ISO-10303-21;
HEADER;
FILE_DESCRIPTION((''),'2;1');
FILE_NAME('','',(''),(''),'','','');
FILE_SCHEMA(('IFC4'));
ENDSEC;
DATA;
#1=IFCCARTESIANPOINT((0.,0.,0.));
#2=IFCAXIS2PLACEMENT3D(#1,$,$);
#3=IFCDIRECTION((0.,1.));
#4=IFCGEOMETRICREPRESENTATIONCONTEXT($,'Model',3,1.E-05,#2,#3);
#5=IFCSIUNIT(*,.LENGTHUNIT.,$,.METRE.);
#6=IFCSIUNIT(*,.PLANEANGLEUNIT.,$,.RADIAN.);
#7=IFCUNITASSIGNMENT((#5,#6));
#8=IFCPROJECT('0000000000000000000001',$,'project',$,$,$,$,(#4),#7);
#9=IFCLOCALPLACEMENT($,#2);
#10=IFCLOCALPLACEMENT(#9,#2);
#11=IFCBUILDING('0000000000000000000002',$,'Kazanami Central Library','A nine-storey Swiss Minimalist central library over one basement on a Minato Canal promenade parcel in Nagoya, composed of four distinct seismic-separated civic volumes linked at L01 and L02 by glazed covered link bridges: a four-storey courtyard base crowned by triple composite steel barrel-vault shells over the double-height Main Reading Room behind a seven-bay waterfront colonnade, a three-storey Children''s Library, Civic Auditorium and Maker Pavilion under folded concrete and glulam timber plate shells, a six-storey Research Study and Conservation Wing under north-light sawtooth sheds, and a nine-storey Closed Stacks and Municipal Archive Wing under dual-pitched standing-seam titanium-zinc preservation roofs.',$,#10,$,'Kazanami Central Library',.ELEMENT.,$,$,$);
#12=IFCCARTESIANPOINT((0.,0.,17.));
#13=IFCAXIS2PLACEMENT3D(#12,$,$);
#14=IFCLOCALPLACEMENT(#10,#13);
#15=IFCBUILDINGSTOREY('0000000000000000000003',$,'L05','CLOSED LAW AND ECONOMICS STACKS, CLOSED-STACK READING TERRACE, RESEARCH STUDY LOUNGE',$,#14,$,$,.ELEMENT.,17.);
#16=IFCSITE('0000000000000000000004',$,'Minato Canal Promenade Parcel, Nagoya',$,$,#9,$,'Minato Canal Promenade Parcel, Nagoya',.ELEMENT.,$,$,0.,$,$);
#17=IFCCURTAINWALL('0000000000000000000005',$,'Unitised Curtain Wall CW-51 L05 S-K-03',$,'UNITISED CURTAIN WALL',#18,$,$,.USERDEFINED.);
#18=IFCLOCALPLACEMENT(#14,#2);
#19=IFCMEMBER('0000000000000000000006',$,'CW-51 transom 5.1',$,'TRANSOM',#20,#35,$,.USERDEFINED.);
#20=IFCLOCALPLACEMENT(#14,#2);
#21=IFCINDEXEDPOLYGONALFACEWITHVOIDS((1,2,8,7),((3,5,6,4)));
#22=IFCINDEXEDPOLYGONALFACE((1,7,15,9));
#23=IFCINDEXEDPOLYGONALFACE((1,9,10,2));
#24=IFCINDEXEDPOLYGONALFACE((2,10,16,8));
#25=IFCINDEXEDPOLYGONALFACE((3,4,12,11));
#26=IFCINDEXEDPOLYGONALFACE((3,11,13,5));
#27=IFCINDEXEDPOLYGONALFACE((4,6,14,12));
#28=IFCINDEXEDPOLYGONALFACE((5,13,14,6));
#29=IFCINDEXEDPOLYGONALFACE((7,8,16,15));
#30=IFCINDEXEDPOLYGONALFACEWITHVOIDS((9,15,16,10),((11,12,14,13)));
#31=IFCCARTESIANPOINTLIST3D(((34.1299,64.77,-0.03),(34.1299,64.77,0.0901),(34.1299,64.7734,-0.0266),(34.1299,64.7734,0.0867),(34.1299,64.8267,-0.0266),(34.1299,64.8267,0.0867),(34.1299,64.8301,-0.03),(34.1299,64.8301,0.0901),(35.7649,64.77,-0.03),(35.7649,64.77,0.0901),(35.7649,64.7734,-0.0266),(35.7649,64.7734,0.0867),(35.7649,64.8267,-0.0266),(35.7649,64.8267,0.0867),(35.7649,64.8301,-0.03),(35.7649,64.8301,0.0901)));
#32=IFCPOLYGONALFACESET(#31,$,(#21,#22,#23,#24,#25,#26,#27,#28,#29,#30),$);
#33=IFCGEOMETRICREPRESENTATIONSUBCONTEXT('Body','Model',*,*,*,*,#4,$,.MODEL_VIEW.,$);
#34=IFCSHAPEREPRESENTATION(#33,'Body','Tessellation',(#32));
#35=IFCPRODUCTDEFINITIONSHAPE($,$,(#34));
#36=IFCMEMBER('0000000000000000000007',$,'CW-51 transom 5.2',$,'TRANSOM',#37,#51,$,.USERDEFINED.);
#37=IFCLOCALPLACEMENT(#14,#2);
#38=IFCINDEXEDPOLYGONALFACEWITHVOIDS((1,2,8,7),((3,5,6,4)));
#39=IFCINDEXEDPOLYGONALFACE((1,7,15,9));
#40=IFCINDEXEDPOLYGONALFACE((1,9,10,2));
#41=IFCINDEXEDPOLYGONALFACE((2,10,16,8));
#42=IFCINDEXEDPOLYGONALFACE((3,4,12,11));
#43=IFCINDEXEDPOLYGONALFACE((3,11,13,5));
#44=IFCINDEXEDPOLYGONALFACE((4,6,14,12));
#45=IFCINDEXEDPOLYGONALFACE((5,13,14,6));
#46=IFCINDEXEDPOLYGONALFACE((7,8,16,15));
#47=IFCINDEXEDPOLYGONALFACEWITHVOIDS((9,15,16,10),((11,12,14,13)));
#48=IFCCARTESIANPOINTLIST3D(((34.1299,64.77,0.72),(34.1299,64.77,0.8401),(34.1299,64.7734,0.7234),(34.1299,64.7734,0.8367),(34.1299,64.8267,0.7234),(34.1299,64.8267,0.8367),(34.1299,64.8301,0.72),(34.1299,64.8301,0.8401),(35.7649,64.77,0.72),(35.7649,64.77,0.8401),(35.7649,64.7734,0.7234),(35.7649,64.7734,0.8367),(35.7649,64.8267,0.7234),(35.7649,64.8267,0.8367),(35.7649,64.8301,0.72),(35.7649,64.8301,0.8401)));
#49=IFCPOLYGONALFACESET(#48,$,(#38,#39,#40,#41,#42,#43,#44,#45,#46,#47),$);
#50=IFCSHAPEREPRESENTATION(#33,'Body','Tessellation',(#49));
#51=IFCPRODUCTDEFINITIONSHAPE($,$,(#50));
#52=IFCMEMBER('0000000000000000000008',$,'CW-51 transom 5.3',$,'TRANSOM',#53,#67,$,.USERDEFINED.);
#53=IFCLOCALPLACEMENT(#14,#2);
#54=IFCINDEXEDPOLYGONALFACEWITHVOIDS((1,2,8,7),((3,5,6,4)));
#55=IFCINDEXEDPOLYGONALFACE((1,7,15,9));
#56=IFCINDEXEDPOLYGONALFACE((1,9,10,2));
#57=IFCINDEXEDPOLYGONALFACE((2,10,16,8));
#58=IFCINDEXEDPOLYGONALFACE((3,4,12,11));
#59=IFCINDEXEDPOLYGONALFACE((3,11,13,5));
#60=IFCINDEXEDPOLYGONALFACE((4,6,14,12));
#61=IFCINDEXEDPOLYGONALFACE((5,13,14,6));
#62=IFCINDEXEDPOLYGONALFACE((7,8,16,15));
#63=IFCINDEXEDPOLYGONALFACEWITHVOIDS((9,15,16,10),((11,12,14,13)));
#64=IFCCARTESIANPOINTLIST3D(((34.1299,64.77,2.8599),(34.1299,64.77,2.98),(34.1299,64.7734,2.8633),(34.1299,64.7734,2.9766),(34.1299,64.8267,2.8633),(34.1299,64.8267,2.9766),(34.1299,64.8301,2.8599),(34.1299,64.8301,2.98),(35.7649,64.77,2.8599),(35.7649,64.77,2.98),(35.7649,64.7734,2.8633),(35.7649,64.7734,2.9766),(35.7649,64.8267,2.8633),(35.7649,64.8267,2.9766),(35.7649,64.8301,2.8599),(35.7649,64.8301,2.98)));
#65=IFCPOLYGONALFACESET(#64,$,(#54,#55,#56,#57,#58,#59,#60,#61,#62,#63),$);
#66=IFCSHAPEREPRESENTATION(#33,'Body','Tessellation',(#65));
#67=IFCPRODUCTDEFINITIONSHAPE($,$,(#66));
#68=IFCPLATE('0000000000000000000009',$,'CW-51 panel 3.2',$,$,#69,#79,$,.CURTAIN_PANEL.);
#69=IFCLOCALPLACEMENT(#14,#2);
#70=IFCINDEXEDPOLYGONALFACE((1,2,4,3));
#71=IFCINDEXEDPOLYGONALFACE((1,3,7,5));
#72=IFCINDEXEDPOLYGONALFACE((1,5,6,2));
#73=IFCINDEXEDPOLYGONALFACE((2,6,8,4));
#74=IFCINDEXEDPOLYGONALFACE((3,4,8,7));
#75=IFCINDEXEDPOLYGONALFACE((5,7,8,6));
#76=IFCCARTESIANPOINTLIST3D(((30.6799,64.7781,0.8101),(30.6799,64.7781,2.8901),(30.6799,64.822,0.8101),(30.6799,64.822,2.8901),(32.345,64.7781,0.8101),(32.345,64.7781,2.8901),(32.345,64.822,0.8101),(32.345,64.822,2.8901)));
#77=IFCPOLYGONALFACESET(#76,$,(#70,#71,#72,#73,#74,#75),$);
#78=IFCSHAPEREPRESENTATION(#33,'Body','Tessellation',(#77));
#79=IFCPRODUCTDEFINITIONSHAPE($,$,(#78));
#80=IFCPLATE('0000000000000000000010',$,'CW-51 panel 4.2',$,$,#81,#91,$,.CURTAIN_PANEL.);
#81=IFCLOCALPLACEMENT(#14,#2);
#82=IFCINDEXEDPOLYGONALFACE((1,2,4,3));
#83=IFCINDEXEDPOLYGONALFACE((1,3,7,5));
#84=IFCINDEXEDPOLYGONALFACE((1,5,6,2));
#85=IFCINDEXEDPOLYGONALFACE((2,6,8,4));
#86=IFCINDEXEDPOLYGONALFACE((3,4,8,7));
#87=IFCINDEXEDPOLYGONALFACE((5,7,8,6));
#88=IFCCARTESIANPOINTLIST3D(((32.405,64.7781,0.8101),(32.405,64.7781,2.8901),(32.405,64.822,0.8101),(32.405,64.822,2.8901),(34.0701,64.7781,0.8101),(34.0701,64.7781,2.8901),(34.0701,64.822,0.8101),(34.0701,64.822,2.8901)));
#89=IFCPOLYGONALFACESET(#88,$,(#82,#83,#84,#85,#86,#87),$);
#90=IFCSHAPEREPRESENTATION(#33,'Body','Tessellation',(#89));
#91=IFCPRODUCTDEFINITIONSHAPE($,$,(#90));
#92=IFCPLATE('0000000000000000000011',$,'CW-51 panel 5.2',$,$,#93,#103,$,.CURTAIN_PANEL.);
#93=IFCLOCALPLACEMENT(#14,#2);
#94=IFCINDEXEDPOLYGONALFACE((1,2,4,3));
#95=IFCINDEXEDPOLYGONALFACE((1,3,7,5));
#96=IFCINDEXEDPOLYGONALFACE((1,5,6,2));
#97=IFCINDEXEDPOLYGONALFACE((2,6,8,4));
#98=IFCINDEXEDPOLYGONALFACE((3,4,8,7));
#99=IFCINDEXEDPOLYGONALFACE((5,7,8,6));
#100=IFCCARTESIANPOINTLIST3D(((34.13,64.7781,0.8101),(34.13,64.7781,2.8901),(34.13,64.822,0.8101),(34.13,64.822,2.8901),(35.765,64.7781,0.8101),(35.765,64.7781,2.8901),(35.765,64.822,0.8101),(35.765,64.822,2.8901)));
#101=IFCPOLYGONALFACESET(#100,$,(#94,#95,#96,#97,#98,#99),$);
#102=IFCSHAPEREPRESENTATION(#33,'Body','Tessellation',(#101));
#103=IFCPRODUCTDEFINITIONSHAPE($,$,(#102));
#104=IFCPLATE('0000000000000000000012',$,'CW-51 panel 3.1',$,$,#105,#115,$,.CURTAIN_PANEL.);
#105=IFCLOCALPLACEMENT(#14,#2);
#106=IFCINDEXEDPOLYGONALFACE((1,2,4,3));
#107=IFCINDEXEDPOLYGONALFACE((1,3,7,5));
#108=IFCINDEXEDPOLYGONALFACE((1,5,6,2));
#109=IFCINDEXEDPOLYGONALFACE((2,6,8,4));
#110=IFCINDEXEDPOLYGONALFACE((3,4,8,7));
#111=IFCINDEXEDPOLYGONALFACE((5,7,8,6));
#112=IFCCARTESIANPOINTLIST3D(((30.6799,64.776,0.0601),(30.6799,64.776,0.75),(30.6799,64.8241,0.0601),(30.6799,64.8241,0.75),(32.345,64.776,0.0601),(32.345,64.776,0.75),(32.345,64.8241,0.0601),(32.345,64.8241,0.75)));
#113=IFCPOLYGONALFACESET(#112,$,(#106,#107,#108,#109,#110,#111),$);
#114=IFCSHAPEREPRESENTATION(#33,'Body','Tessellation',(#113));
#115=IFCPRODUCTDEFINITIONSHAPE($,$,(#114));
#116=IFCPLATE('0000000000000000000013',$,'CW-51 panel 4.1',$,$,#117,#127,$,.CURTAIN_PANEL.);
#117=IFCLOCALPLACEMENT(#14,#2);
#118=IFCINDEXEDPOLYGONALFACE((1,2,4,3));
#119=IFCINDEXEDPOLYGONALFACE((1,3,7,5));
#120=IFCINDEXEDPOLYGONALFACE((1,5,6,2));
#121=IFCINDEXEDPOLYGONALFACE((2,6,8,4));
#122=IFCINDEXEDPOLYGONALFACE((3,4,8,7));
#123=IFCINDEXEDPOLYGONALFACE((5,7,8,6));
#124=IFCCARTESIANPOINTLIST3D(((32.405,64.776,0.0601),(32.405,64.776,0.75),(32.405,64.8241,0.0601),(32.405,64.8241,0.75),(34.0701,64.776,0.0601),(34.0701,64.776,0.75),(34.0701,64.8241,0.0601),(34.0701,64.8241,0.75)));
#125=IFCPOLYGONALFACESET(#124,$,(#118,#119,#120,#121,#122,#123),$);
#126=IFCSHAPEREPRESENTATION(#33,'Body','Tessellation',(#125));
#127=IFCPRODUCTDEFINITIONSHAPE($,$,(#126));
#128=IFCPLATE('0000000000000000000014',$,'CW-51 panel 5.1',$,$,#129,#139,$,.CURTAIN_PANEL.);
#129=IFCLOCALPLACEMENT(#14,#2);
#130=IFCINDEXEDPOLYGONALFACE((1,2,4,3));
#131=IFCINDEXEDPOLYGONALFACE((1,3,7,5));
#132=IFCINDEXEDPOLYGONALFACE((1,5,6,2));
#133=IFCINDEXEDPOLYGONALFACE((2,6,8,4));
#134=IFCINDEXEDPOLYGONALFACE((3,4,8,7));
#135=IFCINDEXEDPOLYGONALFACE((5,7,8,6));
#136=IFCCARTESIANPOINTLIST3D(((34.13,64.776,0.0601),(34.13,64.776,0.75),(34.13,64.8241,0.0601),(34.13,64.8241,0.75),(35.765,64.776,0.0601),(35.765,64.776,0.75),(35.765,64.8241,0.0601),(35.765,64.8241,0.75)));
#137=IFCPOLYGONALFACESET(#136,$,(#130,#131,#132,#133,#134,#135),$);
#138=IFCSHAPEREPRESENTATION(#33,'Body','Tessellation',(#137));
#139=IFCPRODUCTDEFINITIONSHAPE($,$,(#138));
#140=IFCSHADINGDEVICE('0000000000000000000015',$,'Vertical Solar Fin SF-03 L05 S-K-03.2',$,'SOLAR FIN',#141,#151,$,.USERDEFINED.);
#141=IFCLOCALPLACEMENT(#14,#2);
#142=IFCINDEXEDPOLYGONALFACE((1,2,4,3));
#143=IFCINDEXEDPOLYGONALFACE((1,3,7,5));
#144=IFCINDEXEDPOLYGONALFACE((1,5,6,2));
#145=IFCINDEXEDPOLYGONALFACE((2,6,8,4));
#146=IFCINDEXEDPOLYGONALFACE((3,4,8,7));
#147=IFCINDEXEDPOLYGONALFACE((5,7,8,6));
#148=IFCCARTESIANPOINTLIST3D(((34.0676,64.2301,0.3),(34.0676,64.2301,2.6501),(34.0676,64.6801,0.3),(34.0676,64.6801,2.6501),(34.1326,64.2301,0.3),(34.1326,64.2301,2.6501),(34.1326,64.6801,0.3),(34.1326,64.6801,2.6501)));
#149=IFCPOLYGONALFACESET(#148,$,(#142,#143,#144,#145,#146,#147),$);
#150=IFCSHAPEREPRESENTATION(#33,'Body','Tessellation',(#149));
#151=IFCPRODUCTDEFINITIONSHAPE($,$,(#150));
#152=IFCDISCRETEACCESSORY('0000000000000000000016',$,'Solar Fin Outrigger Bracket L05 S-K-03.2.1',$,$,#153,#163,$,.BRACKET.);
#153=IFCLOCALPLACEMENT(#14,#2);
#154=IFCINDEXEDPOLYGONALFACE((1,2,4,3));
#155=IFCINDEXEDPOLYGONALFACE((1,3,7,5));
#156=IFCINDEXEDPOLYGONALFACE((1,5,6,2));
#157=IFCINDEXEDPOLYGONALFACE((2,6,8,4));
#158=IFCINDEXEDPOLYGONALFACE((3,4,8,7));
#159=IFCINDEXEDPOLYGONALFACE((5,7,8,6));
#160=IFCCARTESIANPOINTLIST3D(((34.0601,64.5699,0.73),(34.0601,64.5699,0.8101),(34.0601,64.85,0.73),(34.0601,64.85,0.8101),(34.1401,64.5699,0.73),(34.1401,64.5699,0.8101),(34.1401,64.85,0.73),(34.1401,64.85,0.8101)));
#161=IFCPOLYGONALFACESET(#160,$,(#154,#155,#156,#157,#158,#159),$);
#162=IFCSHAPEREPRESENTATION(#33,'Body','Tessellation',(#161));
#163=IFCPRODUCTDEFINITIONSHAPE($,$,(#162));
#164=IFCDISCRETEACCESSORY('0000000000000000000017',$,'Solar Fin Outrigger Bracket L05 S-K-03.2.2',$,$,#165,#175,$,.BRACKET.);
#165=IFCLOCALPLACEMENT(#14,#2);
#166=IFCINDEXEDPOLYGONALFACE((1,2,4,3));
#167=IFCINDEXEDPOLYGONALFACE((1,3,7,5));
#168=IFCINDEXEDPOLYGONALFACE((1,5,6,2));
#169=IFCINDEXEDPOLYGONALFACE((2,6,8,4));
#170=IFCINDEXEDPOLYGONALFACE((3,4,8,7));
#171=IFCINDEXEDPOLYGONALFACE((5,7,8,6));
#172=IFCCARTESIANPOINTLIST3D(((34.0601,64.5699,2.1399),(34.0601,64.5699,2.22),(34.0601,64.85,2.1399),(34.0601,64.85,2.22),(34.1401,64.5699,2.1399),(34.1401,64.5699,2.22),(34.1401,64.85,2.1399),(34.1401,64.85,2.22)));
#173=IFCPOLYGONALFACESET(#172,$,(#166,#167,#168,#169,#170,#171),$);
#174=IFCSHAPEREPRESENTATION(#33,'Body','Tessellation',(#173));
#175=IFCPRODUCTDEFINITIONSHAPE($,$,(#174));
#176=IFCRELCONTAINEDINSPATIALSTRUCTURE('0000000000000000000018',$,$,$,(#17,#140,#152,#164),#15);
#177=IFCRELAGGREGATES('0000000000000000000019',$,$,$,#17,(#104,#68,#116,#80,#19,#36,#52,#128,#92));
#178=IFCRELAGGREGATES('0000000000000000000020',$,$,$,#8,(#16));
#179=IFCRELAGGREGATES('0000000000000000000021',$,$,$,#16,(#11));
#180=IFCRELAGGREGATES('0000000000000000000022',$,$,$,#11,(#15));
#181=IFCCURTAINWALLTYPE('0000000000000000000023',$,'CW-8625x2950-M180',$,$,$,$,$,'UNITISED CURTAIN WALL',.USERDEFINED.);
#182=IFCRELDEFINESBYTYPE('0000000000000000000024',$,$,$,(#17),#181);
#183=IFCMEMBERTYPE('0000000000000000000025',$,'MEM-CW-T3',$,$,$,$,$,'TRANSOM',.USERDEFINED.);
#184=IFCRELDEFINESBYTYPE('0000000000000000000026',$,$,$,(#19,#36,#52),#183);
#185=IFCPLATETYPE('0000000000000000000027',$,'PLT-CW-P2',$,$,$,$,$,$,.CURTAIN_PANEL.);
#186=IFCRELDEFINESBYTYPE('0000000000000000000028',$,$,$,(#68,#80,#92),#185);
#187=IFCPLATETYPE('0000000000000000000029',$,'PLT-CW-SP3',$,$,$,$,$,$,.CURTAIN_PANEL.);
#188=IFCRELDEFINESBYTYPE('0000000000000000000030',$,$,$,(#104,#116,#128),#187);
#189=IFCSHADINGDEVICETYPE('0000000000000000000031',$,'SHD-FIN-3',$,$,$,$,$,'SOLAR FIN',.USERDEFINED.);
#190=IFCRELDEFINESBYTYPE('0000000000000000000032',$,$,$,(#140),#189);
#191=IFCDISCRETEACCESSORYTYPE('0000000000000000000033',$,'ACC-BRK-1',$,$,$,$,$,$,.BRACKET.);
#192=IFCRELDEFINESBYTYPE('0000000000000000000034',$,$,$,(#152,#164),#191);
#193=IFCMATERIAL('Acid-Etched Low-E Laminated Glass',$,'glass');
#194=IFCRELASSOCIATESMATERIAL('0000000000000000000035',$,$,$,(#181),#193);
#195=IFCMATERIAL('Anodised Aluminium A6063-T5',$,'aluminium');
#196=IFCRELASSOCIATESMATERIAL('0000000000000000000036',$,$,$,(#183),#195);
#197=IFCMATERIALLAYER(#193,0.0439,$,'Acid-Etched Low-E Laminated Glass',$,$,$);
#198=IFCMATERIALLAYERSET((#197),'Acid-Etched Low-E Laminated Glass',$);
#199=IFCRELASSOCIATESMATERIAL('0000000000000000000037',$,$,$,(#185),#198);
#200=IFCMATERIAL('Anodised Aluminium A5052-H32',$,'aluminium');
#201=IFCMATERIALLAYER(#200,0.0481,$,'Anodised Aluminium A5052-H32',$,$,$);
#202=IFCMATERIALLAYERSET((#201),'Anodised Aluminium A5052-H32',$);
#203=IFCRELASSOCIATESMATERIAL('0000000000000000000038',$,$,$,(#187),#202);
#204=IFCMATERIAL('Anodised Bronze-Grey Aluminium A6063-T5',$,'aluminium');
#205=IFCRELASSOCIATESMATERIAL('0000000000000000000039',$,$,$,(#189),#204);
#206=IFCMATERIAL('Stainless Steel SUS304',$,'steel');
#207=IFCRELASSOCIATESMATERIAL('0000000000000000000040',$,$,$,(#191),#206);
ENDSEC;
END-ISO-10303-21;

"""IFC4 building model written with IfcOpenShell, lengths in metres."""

from ifc_helpers import new_model, si_unit, direction, frame, origin, origin_2d, place, context, subcontext, project, spatial, rectangle, hollow_rectangle, extrude, material, layer, layer_set, material_profile, profile_set, type_object, element, aggregate, save


model = new_model("IFC4")

# Units and contexts
model_context = context("Model", 3, precision=1e-05, world=origin(), true_north=direction((0.0, 1.0)))
body_context = subcontext(model_context, "Body", "Model", "MODEL_VIEW")
ifc_project = project(units=[si_unit("LENGTHUNIT", "METRE"), si_unit("PLANEANGLEUNIT", "RADIAN")], contexts=[model_context])

# Site, building, storey
site_placement = place(None, origin())
site = spatial("IfcSite", under=ifc_project, at=site_placement, Name="Minato Canal Promenade Parcel, Nagoya", LongName="Minato Canal Promenade Parcel, Nagoya", CompositionType="ELEMENT", RefElevation=0.0)
building_placement = place(site_placement, origin())
building = spatial("IfcBuilding", under=site, at=building_placement, Name="Kazanami Central Library", Description="A nine-storey Swiss Minimalist central library over one basement on a Minato Canal promenade parcel in Nagoya, composed of four distinct seismic-separated civic volumes linked at L01 and L02 by glazed covered link bridges: a four-storey courtyard base crowned by triple composite steel barrel-vault shells over the double-height Main Reading Room behind a seven-bay waterfront colonnade, a three-storey Children's Library, Civic Auditorium and Maker Pavilion under folded concrete and glulam timber plate shells, a six-storey Research Study and Conservation Wing under north-light sawtooth sheds, and a nine-storey Closed Stacks and Municipal Archive Wing under dual-pitched standing-seam titanium-zinc preservation roofs.", LongName="Kazanami Central Library", CompositionType="ELEMENT")
storey_placement = place(building_placement, frame((0.0, 0.0, 17.0)))
storey = spatial("IfcBuildingStorey", under=building, at=storey_placement, Name="L05", Description="CLOSED LAW AND ECONOMICS STACKS, CLOSED-STACK READING TERRACE, RESEARCH STUDY LOUNGE", CompositionType="ELEMENT", Elevation=17.0)

# Curtain wall
ifc_material_1 = material(Name="Acid-Etched Low-E Laminated Glass", Category="glass")
curtain_wall_type_1 = type_object("IfcCurtainWallType", Name="CW-8625x2950-M180", ElementType="UNITISED CURTAIN WALL", PredefinedType="USERDEFINED", material=ifc_material_1)
curtain_wall_1_placement = place(storey_placement, origin())
curtain_wall_1 = element("IfcCurtainWall", 1, at=curtain_wall_1_placement, inside=storey, type_object=curtain_wall_type_1, Name="Unitised Curtain Wall CW-51 L05 S-K-03", ObjectType="UNITISED CURTAIN WALL", PredefinedType="USERDEFINED")
ifc_material_2 = material(Name="Anodised Aluminium A6063-T5", Category="aluminium")

# Members
ifc_material_profile_1 = material_profile(ifc_material_2, hollow_rectangle(XDim=0.0601, YDim=0.1201, WallThickness=0.0034, at=origin_2d()), Name="ALU-TRAN-60x120x3.5")
ifc_profile_set_1 = profile_set([ifc_material_profile_1], Name="Anodised Aluminium A6063-T5")
member_type_1 = type_object("IfcMemberType", Name="MEM-CW-T3", ElementType="TRANSOM", PredefinedType="USERDEFINED", material=ifc_profile_set_1)
member_1_placement = place(storey_placement, frame((34.1299, 64.8, 0.03), z_axis=(1.0, 0.0, 0.0), x_axis=(0.0, 1.0, 0.0)))
member_1 = element("IfcMember", 2, at=member_1_placement, type_object=member_type_1, Name="CW-51 transom 5.1", ObjectType="TRANSOM", PredefinedType="USERDEFINED", context=body_context, shape_type="SweptSolid", body=[
    extrude(hollow_rectangle(XDim=0.0601, YDim=0.1201, WallThickness=0.0034, at=origin_2d()), origin(), (0.0, 0.0, 1.0), 1.635),
])
member_2_placement = place(storey_placement, frame((34.1299, 64.8, 0.78), z_axis=(1.0, 0.0, 0.0), x_axis=(0.0, 1.0, 0.0)))
member_2 = element("IfcMember", 3, at=member_2_placement, type_object=member_type_1, Name="CW-51 transom 5.2", ObjectType="TRANSOM", PredefinedType="USERDEFINED", context=body_context, shape_type="SweptSolid", body=[
    extrude(hollow_rectangle(XDim=0.0601, YDim=0.1201, WallThickness=0.0034, at=origin_2d()), origin(), (0.0, 0.0, 1.0), 1.635),
])
member_3_placement = place(storey_placement, frame((34.1299, 64.8, 2.9199), z_axis=(1.0, 0.0, 0.0), x_axis=(0.0, 1.0, 0.0)))
member_3 = element("IfcMember", 4, at=member_3_placement, type_object=member_type_1, Name="CW-51 transom 5.3", ObjectType="TRANSOM", PredefinedType="USERDEFINED", context=body_context, shape_type="SweptSolid", body=[
    extrude(hollow_rectangle(XDim=0.0601, YDim=0.1201, WallThickness=0.0034, at=origin_2d()), origin(), (0.0, 0.0, 1.0), 1.635),
])

# Plates
ifc_layer_1 = layer(ifc_material_1, 0.0439, Name="Acid-Etched Low-E Laminated Glass")
ifc_layer_set_1 = layer_set([ifc_layer_1], Name="Acid-Etched Low-E Laminated Glass")
plate_type_1 = type_object("IfcPlateType", Name="PLT-CW-P2", PredefinedType="CURTAIN_PANEL", material=ifc_layer_set_1)
plate_1_placement = place(storey_placement, frame((31.5125, 64.8, 0.8101), z_axis=(0.0, 0.0, 1.0), x_axis=(1.0, 0.0, 0.0)))
plate_1 = element("IfcPlate", 5, at=plate_1_placement, type_object=plate_type_1, Name="CW-51 panel 3.2", PredefinedType="CURTAIN_PANEL", context=body_context, shape_type="SweptSolid", body=[
    extrude(rectangle(XDim=1.665, YDim=0.0439, at=origin_2d()), origin(), (0.0, 0.0, 1.0), 2.0801),
])
plate_2_placement = place(storey_placement, frame((33.2375, 64.8, 0.8101), z_axis=(0.0, 0.0, 1.0), x_axis=(1.0, 0.0, 0.0)))
plate_2 = element("IfcPlate", 6, at=plate_2_placement, type_object=plate_type_1, Name="CW-51 panel 4.2", PredefinedType="CURTAIN_PANEL", context=body_context, shape_type="SweptSolid", body=[
    extrude(rectangle(XDim=1.665, YDim=0.0439, at=origin_2d()), origin(), (0.0, 0.0, 1.0), 2.0801),
])
plate_3_placement = place(storey_placement, frame((34.9475, 64.8, 0.8101), z_axis=(0.0, 0.0, 1.0), x_axis=(1.0, 0.0, 0.0)))
plate_3 = element("IfcPlate", 7, at=plate_3_placement, type_object=plate_type_1, Name="CW-51 panel 5.2", PredefinedType="CURTAIN_PANEL", context=body_context, shape_type="SweptSolid", body=[
    extrude(rectangle(XDim=1.635, YDim=0.0439, at=origin_2d()), origin(), (0.0, 0.0, 1.0), 2.0801),
])
ifc_material_3 = material(Name="Anodised Aluminium A5052-H32", Category="aluminium")
ifc_layer_2 = layer(ifc_material_3, 0.0481, Name="Anodised Aluminium A5052-H32")
ifc_layer_set_2 = layer_set([ifc_layer_2], Name="Anodised Aluminium A5052-H32")
plate_type_2 = type_object("IfcPlateType", Name="PLT-CW-SP3", PredefinedType="CURTAIN_PANEL", material=ifc_layer_set_2)
plate_4_placement = place(storey_placement, frame((31.5125, 64.8, 0.0601), z_axis=(0.0, 0.0, 1.0), x_axis=(1.0, 0.0, 0.0)))
plate_4 = element("IfcPlate", 8, at=plate_4_placement, type_object=plate_type_2, Name="CW-51 panel 3.1", PredefinedType="CURTAIN_PANEL", context=body_context, shape_type="SweptSolid", body=[
    extrude(rectangle(XDim=1.665, YDim=0.0481, at=origin_2d()), origin(), (0.0, 0.0, 1.0), 0.6899),
])
plate_5_placement = place(storey_placement, frame((33.2375, 64.8, 0.0601), z_axis=(0.0, 0.0, 1.0), x_axis=(1.0, 0.0, 0.0)))
plate_5 = element("IfcPlate", 9, at=plate_5_placement, type_object=plate_type_2, Name="CW-51 panel 4.1", PredefinedType="CURTAIN_PANEL", context=body_context, shape_type="SweptSolid", body=[
    extrude(rectangle(XDim=1.665, YDim=0.0481, at=origin_2d()), origin(), (0.0, 0.0, 1.0), 0.6899),
])
plate_6_placement = place(storey_placement, frame((34.9475, 64.8, 0.0601), z_axis=(0.0, 0.0, 1.0), x_axis=(1.0, 0.0, 0.0)))
plate_6 = element("IfcPlate", 10, at=plate_6_placement, type_object=plate_type_2, Name="CW-51 panel 5.1", PredefinedType="CURTAIN_PANEL", context=body_context, shape_type="SweptSolid", body=[
    extrude(rectangle(XDim=1.635, YDim=0.0481, at=origin_2d()), origin(), (0.0, 0.0, 1.0), 0.6899),
])
aggregate(curtain_wall_1, [plate_4, plate_1, plate_5, plate_2, member_1, member_2, member_3, plate_6, plate_3])

# Shading device
ifc_material_4 = material(Name="Anodised Bronze-Grey Aluminium A6063-T5", Category="aluminium")
shading_device_type = type_object("IfcShadingDeviceType", Name="SHD-FIN-3", ElementType="SOLAR FIN", PredefinedType="USERDEFINED", material=ifc_material_4)
shading_device_placement = place(storey_placement, frame((34.1001, 64.4551, 0.3), z_axis=(0.0, 0.0, 1.0), x_axis=(1.0, 0.0, 0.0)))
element("IfcShadingDevice", 11, at=shading_device_placement, inside=storey, type_object=shading_device_type, Name="Vertical Solar Fin SF-03 L05 S-K-03.2", ObjectType="SOLAR FIN", PredefinedType="USERDEFINED", context=body_context, shape_type="SweptSolid", body=[
    extrude(rectangle(XDim=0.0649, YDim=0.45, at=origin_2d()), origin(), (0.0, 0.0, 1.0), 2.3501),
])

# Discrete accessories
ifc_material_5 = material(Name="Stainless Steel SUS304", Category="steel")
discrete_accessory_type = type_object("IfcDiscreteAccessoryType", Name="ACC-BRK-1", PredefinedType="BRACKET", material=ifc_material_5)
for number, where, z_axis, x_axis, name in (
    (12, (34.1001, 64.71, 0.73), (0.0, 0.0, 1.0), (1.0, 0.0, 0.0), "Solar Fin Outrigger Bracket L05 S-K-03.2.1"),
    (13, (34.1001, 64.71, 2.1399), (0.0, 0.0, 1.0), (1.0, 0.0, 0.0), "Solar Fin Outrigger Bracket L05 S-K-03.2.2"),
):
    element("IfcDiscreteAccessory", number, at=place(storey_placement, frame(where, z_axis=z_axis, x_axis=x_axis)), inside=storey, type_object=discrete_accessory_type, Name=name, PredefinedType="BRACKET", context=body_context, shape_type="SweptSolid", body=[
        extrude(rectangle(XDim=0.0801, YDim=0.28, at=origin_2d()), origin(), (0.0, 0.0, 1.0), 0.0801),
    ])

save(model, "model.ifc")
